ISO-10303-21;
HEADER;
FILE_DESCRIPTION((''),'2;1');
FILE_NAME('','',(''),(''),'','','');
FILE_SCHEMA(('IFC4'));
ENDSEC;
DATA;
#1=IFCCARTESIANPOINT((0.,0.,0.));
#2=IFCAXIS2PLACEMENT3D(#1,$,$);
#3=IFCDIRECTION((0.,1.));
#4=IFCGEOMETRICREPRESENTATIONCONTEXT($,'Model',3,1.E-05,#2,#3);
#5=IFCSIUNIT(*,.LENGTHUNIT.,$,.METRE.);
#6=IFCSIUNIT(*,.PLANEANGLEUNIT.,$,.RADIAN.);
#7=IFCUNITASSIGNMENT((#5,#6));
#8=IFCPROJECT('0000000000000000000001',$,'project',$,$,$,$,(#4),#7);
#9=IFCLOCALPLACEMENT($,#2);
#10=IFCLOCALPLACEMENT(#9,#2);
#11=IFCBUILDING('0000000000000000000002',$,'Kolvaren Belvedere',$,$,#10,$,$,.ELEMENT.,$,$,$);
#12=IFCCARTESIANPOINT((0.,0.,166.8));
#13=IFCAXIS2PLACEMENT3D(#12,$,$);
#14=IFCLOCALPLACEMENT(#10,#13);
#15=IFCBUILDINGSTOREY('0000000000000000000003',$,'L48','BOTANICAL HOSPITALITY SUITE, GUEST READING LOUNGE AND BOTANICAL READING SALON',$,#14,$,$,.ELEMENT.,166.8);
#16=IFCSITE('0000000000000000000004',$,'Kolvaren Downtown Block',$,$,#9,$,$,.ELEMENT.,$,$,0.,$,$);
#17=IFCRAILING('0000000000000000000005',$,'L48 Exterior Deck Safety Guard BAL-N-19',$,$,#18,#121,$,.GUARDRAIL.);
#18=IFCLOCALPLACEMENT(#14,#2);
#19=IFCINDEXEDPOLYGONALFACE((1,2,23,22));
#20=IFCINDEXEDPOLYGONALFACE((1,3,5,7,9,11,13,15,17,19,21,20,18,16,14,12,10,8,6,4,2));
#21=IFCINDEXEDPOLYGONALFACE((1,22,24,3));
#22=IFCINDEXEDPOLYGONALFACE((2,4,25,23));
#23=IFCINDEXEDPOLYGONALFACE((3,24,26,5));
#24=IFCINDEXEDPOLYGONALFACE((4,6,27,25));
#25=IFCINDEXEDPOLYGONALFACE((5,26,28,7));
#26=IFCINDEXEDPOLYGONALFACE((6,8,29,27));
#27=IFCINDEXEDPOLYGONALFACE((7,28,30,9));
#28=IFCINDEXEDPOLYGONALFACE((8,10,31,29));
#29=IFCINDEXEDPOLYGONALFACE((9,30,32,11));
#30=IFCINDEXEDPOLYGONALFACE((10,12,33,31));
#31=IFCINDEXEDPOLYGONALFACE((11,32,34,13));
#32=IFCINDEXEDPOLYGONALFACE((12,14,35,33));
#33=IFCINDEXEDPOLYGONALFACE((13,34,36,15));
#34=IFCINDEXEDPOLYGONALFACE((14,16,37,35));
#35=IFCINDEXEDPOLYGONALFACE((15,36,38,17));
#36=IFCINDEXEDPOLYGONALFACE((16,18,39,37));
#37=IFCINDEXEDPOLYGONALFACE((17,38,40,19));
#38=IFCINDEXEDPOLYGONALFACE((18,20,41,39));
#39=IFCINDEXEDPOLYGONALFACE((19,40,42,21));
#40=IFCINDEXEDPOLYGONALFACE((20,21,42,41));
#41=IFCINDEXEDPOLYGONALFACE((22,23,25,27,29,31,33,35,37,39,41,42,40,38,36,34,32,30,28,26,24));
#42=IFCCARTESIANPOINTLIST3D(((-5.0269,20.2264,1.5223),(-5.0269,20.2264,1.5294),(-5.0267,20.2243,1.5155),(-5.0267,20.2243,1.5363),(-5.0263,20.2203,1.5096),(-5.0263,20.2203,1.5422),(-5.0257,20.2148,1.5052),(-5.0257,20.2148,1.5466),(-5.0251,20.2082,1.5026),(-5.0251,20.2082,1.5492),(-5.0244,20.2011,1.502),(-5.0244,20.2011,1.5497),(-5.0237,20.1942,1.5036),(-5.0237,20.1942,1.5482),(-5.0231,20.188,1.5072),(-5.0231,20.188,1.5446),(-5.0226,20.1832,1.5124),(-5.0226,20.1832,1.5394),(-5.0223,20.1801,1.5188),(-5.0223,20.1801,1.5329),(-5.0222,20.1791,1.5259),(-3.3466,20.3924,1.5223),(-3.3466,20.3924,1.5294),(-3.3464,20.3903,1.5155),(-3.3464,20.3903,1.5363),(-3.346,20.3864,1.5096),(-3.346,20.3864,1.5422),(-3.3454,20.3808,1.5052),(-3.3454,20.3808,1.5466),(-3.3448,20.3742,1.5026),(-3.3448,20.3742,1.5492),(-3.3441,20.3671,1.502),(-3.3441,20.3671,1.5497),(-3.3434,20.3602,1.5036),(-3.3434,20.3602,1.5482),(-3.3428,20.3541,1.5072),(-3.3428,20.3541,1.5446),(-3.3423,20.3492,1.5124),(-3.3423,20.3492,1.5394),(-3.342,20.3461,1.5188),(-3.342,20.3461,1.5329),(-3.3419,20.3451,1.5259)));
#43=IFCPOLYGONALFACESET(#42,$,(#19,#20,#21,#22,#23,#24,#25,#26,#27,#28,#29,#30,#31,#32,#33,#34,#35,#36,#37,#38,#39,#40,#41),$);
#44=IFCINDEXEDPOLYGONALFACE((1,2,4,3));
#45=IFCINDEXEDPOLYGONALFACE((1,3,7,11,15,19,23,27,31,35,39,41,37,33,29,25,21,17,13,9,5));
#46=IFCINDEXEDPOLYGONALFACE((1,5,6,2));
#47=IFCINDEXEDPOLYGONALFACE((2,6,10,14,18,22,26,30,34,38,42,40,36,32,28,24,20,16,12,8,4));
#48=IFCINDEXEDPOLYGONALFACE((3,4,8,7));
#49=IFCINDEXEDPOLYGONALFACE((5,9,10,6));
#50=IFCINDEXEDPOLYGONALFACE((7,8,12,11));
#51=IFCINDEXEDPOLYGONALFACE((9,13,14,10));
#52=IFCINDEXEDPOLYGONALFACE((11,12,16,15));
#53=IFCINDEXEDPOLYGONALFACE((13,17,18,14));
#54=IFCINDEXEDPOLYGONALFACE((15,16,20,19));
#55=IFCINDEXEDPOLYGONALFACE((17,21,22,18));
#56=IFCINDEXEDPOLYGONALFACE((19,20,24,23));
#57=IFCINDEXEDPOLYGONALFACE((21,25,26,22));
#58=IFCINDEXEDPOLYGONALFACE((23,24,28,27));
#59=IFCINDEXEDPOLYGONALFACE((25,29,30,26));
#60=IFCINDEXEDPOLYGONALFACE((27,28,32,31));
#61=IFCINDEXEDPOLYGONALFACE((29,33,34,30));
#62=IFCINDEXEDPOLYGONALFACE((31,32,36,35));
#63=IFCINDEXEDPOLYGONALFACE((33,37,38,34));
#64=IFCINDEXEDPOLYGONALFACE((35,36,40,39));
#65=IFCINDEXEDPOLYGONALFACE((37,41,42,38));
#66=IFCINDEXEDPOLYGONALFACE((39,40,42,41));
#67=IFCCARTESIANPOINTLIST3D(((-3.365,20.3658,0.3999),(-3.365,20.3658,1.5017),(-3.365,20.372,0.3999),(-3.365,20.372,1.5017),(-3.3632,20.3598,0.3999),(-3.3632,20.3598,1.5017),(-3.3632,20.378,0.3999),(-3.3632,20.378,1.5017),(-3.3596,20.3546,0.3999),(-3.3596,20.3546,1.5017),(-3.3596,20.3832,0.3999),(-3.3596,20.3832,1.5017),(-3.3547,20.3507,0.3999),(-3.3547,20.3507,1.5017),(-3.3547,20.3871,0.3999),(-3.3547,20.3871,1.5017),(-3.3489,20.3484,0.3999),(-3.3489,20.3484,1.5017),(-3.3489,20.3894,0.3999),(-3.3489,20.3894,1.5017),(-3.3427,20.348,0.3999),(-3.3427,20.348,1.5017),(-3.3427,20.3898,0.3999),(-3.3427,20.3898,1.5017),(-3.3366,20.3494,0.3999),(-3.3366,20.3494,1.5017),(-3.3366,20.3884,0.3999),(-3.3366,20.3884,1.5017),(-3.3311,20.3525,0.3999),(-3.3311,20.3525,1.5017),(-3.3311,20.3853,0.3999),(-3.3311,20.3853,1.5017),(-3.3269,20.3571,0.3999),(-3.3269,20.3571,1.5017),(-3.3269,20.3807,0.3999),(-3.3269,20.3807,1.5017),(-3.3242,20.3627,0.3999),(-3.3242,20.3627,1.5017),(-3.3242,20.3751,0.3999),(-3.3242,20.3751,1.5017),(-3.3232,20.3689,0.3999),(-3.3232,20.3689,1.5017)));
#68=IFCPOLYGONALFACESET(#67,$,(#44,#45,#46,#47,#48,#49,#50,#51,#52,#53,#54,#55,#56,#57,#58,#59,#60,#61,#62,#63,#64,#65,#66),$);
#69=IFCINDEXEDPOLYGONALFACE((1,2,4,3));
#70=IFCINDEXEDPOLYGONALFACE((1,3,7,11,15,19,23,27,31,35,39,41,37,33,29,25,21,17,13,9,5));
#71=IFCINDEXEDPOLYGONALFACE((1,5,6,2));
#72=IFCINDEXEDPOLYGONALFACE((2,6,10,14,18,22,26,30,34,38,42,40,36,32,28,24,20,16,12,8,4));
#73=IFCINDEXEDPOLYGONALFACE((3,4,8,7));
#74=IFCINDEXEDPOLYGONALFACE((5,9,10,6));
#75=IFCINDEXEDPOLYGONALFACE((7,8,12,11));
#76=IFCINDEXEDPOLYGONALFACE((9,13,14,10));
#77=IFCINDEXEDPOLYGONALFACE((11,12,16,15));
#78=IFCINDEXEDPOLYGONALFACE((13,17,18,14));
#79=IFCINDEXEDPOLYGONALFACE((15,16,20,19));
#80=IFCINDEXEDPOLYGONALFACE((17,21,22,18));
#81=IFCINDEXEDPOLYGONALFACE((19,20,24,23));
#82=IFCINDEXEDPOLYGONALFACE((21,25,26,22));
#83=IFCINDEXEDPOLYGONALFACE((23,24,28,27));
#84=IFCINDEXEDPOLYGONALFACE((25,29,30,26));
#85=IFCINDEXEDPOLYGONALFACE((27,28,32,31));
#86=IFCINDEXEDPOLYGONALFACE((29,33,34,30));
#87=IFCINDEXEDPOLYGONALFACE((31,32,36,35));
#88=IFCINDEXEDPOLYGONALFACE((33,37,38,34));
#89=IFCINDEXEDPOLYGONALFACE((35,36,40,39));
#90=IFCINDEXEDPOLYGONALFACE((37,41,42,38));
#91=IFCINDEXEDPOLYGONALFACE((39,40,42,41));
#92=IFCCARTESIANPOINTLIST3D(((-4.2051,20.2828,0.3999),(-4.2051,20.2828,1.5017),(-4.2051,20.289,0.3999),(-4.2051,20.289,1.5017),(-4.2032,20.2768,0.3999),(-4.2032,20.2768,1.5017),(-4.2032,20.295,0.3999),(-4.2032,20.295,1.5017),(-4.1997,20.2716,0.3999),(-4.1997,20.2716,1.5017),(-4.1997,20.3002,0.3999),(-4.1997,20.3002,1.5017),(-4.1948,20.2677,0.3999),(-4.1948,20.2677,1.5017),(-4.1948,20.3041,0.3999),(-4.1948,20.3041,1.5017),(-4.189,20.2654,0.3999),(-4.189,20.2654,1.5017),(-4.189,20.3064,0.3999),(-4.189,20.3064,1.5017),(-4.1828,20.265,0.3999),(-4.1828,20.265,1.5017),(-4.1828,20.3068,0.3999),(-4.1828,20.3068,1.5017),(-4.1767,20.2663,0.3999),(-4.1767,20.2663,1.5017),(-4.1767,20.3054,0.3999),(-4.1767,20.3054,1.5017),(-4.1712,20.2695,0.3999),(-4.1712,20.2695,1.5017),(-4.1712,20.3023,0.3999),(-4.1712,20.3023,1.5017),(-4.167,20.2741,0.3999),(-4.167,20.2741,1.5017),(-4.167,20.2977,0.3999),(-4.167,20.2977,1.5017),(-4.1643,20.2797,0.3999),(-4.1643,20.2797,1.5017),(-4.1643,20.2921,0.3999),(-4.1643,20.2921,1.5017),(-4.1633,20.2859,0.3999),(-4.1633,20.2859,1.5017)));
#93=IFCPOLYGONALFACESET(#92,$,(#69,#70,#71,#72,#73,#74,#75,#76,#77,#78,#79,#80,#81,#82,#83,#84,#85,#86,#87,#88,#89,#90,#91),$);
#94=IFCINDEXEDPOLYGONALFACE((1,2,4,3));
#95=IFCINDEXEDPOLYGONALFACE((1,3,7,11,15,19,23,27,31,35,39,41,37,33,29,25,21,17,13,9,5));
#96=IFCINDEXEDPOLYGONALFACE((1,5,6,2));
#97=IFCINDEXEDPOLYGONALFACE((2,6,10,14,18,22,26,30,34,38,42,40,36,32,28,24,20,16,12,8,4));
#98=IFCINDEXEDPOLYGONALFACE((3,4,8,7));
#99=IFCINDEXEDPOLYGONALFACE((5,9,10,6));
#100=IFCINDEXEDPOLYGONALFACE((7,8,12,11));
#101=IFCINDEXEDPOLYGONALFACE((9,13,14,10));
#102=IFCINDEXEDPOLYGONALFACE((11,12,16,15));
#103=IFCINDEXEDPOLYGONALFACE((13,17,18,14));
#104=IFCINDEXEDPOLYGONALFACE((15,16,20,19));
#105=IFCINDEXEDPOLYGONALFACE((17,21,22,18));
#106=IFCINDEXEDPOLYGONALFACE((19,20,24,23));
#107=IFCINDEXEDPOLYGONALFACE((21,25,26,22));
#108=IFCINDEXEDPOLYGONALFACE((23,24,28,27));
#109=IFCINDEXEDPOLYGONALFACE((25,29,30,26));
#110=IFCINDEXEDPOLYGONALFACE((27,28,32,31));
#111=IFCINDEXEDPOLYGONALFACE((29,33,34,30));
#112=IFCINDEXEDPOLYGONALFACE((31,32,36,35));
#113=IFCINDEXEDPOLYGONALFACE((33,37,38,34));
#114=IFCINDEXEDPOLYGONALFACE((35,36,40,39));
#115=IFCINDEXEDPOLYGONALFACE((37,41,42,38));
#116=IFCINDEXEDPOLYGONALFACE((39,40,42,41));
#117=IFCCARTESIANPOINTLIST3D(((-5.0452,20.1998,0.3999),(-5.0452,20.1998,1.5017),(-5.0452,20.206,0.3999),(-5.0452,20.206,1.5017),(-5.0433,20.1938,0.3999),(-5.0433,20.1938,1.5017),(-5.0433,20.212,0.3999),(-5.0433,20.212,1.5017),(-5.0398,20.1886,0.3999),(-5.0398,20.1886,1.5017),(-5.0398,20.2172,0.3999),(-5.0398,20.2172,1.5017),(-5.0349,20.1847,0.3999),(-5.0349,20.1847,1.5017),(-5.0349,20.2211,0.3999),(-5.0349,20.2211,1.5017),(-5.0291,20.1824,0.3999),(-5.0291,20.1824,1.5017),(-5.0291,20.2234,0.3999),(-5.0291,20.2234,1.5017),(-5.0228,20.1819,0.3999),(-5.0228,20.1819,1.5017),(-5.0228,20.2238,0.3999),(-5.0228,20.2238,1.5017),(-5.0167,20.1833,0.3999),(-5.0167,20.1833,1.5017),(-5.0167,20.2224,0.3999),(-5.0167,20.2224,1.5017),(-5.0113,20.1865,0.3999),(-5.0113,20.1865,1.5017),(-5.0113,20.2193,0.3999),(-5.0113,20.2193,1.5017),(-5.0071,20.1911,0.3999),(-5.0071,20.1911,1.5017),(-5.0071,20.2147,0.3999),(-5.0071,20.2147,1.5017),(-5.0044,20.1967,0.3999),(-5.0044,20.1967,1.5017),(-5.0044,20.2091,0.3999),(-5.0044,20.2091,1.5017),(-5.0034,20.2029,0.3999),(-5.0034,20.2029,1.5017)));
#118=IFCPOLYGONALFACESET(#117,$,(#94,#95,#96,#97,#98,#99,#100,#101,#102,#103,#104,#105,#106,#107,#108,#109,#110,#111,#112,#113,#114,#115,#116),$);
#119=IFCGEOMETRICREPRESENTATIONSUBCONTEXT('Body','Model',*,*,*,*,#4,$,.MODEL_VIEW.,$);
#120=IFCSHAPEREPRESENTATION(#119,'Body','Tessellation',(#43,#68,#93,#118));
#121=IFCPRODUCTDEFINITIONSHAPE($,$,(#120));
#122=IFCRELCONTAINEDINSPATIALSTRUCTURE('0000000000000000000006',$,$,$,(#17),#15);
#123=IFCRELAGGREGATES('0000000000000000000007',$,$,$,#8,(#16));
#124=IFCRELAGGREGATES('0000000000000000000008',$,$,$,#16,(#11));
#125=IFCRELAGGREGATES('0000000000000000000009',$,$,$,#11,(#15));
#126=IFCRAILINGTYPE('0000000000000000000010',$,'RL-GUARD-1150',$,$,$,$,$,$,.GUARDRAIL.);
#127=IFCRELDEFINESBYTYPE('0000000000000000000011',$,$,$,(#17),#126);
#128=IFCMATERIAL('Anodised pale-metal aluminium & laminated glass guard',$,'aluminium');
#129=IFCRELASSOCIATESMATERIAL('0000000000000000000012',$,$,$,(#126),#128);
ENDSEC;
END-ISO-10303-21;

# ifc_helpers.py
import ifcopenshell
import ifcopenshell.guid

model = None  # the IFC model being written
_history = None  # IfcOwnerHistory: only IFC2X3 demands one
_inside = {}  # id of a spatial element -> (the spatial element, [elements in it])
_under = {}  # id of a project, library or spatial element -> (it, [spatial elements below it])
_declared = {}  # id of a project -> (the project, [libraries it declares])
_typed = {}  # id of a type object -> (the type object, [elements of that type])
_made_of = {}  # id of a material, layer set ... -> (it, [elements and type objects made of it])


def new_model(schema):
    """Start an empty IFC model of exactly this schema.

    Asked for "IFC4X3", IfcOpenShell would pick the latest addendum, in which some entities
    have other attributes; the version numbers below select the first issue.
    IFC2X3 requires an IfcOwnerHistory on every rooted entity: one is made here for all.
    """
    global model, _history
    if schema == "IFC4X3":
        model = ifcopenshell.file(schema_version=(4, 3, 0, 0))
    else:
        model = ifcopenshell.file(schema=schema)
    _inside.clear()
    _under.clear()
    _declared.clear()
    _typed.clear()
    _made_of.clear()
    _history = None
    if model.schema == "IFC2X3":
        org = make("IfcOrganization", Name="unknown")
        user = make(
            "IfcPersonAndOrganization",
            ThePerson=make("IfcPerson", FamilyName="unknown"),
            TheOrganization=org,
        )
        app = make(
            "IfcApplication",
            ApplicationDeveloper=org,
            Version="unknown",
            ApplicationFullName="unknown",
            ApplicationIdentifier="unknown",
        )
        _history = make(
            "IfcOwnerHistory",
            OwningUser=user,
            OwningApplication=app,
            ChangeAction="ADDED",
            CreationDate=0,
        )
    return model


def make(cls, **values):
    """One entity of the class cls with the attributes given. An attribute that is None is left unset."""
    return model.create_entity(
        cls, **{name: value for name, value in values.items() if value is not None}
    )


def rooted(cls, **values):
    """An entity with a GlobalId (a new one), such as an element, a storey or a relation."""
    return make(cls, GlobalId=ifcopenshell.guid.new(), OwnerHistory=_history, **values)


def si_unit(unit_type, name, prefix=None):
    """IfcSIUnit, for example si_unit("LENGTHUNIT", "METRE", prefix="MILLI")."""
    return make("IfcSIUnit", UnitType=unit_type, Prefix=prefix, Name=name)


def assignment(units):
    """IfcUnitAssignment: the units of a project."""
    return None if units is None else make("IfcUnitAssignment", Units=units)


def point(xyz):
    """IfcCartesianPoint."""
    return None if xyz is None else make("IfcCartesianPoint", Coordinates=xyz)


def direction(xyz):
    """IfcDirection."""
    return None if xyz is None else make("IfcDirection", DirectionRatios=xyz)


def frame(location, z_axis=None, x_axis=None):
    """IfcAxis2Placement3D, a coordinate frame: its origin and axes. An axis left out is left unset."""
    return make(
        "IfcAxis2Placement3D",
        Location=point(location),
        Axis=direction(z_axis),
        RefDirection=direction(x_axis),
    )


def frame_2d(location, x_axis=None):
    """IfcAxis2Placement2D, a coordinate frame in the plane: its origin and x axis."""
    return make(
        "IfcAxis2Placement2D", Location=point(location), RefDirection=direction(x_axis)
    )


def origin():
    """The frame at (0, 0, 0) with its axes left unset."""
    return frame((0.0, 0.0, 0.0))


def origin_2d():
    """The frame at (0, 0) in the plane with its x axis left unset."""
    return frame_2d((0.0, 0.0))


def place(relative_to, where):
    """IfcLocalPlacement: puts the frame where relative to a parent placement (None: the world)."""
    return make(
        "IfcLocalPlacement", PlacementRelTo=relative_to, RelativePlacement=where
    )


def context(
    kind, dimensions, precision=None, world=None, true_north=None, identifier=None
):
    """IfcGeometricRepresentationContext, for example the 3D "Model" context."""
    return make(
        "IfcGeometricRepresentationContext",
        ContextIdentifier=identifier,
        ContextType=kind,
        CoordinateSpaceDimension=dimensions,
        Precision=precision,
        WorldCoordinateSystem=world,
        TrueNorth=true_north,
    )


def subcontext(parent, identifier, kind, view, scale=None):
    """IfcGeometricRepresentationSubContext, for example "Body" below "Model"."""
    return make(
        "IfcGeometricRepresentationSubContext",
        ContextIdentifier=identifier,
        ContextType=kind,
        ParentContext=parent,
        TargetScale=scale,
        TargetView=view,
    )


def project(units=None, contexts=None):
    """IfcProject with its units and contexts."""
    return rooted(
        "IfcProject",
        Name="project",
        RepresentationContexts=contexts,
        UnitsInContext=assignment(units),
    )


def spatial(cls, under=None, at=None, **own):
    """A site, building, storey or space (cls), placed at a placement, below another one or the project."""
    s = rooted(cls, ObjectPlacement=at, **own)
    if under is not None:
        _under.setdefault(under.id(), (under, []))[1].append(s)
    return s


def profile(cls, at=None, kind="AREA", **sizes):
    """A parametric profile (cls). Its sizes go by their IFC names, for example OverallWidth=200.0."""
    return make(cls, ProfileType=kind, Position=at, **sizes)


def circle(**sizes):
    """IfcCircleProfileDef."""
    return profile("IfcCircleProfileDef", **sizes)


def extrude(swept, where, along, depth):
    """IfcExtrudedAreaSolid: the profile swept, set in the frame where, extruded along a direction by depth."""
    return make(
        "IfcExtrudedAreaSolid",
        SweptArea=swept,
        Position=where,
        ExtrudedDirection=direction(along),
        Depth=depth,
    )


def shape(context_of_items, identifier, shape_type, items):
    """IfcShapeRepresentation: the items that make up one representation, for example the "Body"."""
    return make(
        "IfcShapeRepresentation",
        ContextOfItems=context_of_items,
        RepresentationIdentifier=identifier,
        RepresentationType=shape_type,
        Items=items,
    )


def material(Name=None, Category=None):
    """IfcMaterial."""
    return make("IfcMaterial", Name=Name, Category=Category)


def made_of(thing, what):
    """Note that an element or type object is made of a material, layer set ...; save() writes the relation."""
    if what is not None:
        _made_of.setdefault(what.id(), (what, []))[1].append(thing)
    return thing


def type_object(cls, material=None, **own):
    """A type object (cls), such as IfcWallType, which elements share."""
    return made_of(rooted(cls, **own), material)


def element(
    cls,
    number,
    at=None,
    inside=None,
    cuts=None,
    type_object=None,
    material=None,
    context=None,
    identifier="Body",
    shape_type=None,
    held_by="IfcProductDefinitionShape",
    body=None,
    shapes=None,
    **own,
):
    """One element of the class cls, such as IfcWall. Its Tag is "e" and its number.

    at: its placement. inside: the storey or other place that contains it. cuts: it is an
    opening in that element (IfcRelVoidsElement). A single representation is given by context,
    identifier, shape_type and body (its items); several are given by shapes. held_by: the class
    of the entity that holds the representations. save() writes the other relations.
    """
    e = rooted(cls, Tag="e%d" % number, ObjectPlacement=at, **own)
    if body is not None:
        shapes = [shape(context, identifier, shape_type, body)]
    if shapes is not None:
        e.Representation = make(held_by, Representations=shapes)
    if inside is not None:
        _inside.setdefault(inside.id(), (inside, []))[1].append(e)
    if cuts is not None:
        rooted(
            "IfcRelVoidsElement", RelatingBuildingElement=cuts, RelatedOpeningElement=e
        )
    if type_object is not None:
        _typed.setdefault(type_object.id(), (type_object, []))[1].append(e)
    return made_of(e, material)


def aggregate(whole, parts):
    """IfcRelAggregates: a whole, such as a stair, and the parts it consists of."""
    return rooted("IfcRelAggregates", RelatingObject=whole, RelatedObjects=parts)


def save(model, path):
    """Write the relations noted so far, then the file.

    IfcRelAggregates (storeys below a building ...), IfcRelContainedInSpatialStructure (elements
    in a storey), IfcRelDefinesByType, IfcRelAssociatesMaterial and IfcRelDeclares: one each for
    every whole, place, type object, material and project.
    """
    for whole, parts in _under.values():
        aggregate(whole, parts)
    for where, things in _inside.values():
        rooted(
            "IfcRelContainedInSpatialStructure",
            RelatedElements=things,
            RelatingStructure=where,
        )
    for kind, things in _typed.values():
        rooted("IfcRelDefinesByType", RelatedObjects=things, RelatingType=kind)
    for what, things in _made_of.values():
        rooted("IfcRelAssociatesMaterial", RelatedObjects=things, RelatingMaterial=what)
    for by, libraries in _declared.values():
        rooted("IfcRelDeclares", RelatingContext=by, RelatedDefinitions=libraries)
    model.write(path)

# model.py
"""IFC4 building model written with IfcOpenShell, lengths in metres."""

from ifc_helpers import new_model, si_unit, direction, frame, origin, origin_2d, place, context, subcontext, project, spatial, circle, extrude, material, type_object, element, save


model = new_model("IFC4")

# Units and contexts
model_context = context("Model", 3, precision=1e-05, world=origin(), true_north=direction((0.0, 1.0)))
body_context = subcontext(model_context, "Body", "Model", "MODEL_VIEW")
ifc_project = project(units=[si_unit("LENGTHUNIT", "METRE"), si_unit("PLANEANGLEUNIT", "RADIAN")], contexts=[model_context])

# Site, building, storey
site_placement = place(None, origin())
site = spatial("IfcSite", under=ifc_project, at=site_placement, Name="Kolvaren Downtown Block", CompositionType="ELEMENT", RefElevation=0.0)
building_placement = place(site_placement, origin())
building = spatial("IfcBuilding", under=site, at=building_placement, Name="Kolvaren Belvedere", CompositionType="ELEMENT")
storey_placement = place(building_placement, frame((0.0, 0.0, 166.8)))
storey = spatial("IfcBuildingStorey", under=building, at=storey_placement, Name="L48", Description="BOTANICAL HOSPITALITY SUITE, GUEST READING LOUNGE AND BOTANICAL READING SALON", CompositionType="ELEMENT", Elevation=166.8)

# Railing
ifc_material_1 = material(Name="Anodised pale-metal aluminium & laminated glass guard", Category="aluminium")
railing_type = type_object("IfcRailingType", Name="RL-GUARD-1150", PredefinedType="GUARDRAIL", material=ifc_material_1)
railing_1_placement = place(storey_placement, frame((-3.3442, 20.3689, 0.3999)))
element("IfcRailing", 1, at=railing_1_placement, inside=storey, type_object=railing_type, Name="L48 Exterior Deck Safety Guard BAL-N-19", PredefinedType="GUARDRAIL", context=body_context, shape_type="SweptSolid", body=[
    extrude(circle(Radius=0.0239, at=origin_2d()), frame((0.0, 0.0, 1.126), z_axis=(-0.995154, -0.09833, 0.0), x_axis=(0.09833, -0.995154, 0.0)), (0.0, 0.0, 1.0), 1.6885),
    extrude(circle(Radius=0.021, at=origin_2d()), origin(), (0.0, 0.0, 1.0), 1.1018),
    extrude(circle(Radius=0.021, at=origin_2d()), frame((-0.8401, -0.083, 0.0)), (0.0, 0.0, 1.0), 1.1018),
    extrude(circle(Radius=0.021, at=origin_2d()), frame((-1.6802, -0.166, 0.0)), (0.0, 0.0, 1.0), 1.1018),
])

save(model, "model.ifc")
